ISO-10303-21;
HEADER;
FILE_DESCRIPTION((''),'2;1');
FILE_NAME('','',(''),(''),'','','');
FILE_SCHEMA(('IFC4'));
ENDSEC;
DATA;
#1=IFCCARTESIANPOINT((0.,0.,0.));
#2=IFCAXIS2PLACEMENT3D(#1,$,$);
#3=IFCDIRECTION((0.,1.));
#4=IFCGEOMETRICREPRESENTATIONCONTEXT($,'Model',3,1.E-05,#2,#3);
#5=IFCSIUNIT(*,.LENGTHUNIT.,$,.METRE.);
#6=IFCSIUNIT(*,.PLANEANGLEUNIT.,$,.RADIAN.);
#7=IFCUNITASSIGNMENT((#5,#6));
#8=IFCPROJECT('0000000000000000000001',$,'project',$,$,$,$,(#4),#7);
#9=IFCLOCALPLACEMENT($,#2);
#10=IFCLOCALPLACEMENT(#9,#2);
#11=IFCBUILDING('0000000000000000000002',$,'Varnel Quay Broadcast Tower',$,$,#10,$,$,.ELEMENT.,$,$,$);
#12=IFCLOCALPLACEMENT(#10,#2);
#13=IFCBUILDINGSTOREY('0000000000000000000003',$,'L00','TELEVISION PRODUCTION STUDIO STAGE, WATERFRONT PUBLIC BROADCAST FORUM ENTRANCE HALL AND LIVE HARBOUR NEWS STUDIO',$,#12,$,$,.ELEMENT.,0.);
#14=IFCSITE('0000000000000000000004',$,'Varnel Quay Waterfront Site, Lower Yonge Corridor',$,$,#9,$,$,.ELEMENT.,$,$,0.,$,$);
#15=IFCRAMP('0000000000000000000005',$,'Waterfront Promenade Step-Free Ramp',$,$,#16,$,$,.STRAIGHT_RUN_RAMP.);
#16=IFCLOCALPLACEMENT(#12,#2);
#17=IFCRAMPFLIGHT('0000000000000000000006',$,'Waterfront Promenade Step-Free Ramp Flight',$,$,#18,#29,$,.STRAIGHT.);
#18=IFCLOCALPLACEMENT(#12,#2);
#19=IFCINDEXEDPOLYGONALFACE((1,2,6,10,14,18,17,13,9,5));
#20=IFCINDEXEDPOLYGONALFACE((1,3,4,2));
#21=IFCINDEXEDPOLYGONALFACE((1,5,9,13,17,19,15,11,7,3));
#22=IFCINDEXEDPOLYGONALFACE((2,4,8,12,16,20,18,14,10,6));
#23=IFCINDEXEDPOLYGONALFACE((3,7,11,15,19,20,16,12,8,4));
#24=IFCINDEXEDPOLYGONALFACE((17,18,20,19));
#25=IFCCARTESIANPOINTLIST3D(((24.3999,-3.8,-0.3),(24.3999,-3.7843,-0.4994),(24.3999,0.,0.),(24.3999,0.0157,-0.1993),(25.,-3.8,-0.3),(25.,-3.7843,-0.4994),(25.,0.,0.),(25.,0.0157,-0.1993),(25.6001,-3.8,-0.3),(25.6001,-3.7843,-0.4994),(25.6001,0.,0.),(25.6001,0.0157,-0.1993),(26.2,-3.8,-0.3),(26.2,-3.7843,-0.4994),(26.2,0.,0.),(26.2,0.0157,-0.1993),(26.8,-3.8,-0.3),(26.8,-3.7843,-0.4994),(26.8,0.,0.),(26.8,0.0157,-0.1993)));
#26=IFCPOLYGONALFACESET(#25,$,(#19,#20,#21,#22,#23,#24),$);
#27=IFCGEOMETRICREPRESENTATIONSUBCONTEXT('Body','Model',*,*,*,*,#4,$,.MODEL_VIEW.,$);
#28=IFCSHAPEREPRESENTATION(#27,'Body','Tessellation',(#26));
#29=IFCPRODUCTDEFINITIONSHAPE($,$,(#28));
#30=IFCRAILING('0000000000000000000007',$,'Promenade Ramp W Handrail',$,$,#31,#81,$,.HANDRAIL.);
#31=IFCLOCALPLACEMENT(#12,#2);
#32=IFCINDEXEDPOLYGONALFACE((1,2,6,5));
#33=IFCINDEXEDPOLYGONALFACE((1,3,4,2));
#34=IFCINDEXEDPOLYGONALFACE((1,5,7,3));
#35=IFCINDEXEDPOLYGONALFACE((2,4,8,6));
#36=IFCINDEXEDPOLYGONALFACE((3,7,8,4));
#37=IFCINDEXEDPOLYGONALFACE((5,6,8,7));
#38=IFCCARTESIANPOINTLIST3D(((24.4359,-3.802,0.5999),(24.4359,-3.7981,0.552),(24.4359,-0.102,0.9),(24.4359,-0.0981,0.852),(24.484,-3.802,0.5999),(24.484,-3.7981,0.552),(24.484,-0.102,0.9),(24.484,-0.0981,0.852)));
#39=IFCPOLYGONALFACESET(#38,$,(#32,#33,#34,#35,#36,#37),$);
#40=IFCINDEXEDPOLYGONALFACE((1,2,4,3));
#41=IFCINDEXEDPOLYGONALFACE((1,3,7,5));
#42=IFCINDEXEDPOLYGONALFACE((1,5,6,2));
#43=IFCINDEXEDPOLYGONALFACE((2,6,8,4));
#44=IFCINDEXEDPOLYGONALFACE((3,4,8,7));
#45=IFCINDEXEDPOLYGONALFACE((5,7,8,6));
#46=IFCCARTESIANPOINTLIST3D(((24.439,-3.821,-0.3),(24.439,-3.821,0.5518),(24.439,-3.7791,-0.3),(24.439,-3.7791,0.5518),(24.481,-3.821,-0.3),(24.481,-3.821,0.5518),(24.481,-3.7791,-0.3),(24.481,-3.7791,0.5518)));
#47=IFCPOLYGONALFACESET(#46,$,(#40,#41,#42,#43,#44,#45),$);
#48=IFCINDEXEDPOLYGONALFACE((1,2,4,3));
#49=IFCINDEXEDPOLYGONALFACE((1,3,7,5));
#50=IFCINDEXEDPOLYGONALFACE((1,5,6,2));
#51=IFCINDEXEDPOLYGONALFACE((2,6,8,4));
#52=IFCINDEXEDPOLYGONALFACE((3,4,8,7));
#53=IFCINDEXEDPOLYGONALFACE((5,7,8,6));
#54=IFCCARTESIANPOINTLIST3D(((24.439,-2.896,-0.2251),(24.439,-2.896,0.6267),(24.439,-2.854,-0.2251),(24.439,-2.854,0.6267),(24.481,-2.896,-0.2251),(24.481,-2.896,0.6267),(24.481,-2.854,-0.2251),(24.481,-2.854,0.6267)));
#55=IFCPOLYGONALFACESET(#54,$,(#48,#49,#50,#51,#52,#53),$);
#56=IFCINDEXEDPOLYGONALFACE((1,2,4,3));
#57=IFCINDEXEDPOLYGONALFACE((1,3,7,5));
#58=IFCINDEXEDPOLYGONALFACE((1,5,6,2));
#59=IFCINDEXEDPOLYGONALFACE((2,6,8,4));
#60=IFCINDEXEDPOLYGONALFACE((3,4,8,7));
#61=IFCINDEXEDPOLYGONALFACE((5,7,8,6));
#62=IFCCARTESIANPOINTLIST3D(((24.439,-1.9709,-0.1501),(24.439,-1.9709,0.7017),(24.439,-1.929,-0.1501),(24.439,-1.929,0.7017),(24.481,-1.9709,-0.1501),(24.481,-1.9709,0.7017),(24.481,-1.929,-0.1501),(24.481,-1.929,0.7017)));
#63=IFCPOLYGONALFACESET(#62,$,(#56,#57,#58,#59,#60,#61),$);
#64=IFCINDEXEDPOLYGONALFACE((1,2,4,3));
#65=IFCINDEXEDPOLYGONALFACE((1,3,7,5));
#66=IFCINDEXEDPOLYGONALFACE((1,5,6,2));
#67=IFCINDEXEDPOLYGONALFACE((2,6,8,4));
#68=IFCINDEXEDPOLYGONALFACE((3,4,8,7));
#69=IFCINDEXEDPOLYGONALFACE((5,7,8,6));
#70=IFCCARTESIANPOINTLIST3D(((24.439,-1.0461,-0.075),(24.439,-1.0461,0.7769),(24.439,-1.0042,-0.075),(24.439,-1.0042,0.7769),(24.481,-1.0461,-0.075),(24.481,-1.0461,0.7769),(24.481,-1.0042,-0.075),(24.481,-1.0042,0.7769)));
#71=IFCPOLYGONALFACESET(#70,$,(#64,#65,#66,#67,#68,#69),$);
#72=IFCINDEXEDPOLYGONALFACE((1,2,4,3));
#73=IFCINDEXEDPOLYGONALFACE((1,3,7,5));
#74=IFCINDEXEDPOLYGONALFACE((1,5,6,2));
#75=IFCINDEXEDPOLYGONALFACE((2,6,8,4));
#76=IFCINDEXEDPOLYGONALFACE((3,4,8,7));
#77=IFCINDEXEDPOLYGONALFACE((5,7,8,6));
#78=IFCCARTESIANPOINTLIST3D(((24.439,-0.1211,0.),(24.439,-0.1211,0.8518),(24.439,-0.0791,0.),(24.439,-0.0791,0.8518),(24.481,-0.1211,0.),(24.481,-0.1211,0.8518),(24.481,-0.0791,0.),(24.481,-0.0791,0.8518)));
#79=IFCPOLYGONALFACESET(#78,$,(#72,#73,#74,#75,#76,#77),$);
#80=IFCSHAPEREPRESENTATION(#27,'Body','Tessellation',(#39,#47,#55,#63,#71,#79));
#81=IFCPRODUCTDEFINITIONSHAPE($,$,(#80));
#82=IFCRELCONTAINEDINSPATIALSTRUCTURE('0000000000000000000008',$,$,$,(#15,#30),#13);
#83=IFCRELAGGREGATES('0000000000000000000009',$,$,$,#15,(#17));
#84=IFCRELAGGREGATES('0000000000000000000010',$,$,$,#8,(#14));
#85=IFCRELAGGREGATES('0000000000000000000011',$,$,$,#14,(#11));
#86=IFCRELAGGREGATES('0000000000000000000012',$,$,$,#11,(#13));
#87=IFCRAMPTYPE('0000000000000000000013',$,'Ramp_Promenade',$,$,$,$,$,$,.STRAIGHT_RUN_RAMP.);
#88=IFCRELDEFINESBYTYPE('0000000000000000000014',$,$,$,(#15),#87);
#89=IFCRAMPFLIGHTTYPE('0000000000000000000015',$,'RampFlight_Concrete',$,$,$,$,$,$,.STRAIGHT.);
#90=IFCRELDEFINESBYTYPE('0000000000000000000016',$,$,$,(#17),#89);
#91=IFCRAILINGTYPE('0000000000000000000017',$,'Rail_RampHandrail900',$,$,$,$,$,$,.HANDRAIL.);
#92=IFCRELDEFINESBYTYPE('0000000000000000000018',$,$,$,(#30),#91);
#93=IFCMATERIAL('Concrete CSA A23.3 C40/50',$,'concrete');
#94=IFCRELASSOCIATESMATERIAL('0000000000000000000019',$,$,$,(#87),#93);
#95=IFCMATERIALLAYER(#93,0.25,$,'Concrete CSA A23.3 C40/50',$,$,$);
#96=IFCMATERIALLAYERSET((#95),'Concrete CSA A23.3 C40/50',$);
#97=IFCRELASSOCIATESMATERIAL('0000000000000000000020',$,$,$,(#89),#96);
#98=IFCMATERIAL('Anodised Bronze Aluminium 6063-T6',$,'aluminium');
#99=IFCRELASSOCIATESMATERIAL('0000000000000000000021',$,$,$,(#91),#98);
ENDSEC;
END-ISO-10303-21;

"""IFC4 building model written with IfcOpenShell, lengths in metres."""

from ifc_helpers import new_model, si_unit, direction, frame, origin, origin_2d, place, context, subcontext, project, spatial, polyline, rectangle, outline, extrude, material, layer, layer_set, type_object, element, aggregate, save


model = new_model("IFC4")

# Units and contexts
model_context = context("Model", 3, precision=1e-05, world=origin(), true_north=direction((0.0, 1.0)))
body_context = subcontext(model_context, "Body", "Model", "MODEL_VIEW")
ifc_project = project(units=[si_unit("LENGTHUNIT", "METRE"), si_unit("PLANEANGLEUNIT", "RADIAN")], contexts=[model_context])

# Site, building, storey
site_placement = place(None, origin())
site = spatial("IfcSite", under=ifc_project, at=site_placement, Name="Varnel Quay Waterfront Site, Lower Yonge Corridor", CompositionType="ELEMENT", RefElevation=0.0)
building_placement = place(site_placement, origin())
building = spatial("IfcBuilding", under=site, at=building_placement, Name="Varnel Quay Broadcast Tower", CompositionType="ELEMENT")
storey_placement = place(building_placement, origin())
storey = spatial("IfcBuildingStorey", under=building, at=storey_placement, Name="L00", Description="TELEVISION PRODUCTION STUDIO STAGE, WATERFRONT PUBLIC BROADCAST FORUM ENTRANCE HALL AND LIVE HARBOUR NEWS STUDIO", CompositionType="ELEMENT", Elevation=0.0)

# Shared definitions
ifc_material_1 = material(Name="Anodised Bronze Aluminium 6063-T6", Category="aluminium")

# Ramp, ramp flight
ifc_material_2 = material(Name="Concrete CSA A23.3 C40/50", Category="concrete")
ramp_type = type_object("IfcRampType", Name="Ramp_Promenade", PredefinedType="STRAIGHT_RUN_RAMP", material=ifc_material_2)
ramp_placement = place(storey_placement, origin())
ramp = element("IfcRamp", 1, at=ramp_placement, inside=storey, type_object=ramp_type, Name="Waterfront Promenade Step-Free Ramp", PredefinedType="STRAIGHT_RUN_RAMP")
ifc_layer_1 = layer(ifc_material_2, 0.25, Name="Concrete CSA A23.3 C40/50")
ifc_layer_set_1 = layer_set([ifc_layer_1], Name="Concrete CSA A23.3 C40/50")
ramp_flight_type = type_object("IfcRampFlightType", Name="RampFlight_Concrete", PredefinedType="STRAIGHT", material=ifc_layer_set_1)
ramp_flight_placement = place(storey_placement, frame((24.3999, -3.8, -0.3), z_axis=(0.0, -0.078714, 0.996897), x_axis=(1.0, 0.0, 0.0)))
ramp_flight = element("IfcRampFlight", 2, at=ramp_flight_placement, type_object=ramp_flight_type, Name="Waterfront Promenade Step-Free Ramp Flight", PredefinedType="STRAIGHT", context=body_context, shape_type="SweptSolid", body=[
    extrude(outline(polyline([(0.0, 0.0), (0.6001, 0.0), (1.2002, 0.0), (1.8, 0.0), (2.4001, 0.0), (2.4001, 3.8119), (1.8, 3.8119), (1.2002, 3.8119), (0.6001, 3.8119), (0.0, 3.8119), (0.0, 0.0)])), origin(), (0.0, 0.0, -1.0), 0.2),
])
aggregate(ramp, [ramp_flight])

# Railing
railing_type = type_object("IfcRailingType", Name="Rail_RampHandrail900", PredefinedType="HANDRAIL", material=ifc_material_1)
railing_placement = place(storey_placement, frame((24.46, -3.8, -0.3)))
element("IfcRailing", 3, at=railing_placement, inside=storey, type_object=railing_type, Name="Promenade Ramp W Handrail", PredefinedType="HANDRAIL", context=body_context, shape_type="SweptSolid", body=[
    extrude(rectangle(XDim=0.0481, YDim=0.0481, at=origin_2d()), frame((0.0, 0.0, 0.876), z_axis=(0.0, 0.996728, 0.08083), x_axis=(-1.0, 0.0, 0.0)), (0.0, 0.0, 1.0), 3.7122),
    extrude(rectangle(XDim=0.042, YDim=0.042, at=origin_2d()), origin(), (0.0, 0.0, 1.0), 0.8518),
    extrude(rectangle(XDim=0.042, YDim=0.042, at=origin_2d()), frame((0.0, 0.925, 0.075)), (0.0, 0.0, 1.0), 0.8518),
    extrude(rectangle(XDim=0.042, YDim=0.042, at=origin_2d()), frame((0.0, 1.8501, 0.1499)), (0.0, 0.0, 1.0), 0.8518),
    extrude(rectangle(XDim=0.042, YDim=0.042, at=origin_2d()), frame((0.0, 2.7749, 0.2251)), (0.0, 0.0, 1.0), 0.8518),
    extrude(rectangle(XDim=0.042, YDim=0.042, at=origin_2d()), frame((0.0, 3.7, 0.3)), (0.0, 0.0, 1.0), 0.8518),
])

save(model, "model.ifc")
